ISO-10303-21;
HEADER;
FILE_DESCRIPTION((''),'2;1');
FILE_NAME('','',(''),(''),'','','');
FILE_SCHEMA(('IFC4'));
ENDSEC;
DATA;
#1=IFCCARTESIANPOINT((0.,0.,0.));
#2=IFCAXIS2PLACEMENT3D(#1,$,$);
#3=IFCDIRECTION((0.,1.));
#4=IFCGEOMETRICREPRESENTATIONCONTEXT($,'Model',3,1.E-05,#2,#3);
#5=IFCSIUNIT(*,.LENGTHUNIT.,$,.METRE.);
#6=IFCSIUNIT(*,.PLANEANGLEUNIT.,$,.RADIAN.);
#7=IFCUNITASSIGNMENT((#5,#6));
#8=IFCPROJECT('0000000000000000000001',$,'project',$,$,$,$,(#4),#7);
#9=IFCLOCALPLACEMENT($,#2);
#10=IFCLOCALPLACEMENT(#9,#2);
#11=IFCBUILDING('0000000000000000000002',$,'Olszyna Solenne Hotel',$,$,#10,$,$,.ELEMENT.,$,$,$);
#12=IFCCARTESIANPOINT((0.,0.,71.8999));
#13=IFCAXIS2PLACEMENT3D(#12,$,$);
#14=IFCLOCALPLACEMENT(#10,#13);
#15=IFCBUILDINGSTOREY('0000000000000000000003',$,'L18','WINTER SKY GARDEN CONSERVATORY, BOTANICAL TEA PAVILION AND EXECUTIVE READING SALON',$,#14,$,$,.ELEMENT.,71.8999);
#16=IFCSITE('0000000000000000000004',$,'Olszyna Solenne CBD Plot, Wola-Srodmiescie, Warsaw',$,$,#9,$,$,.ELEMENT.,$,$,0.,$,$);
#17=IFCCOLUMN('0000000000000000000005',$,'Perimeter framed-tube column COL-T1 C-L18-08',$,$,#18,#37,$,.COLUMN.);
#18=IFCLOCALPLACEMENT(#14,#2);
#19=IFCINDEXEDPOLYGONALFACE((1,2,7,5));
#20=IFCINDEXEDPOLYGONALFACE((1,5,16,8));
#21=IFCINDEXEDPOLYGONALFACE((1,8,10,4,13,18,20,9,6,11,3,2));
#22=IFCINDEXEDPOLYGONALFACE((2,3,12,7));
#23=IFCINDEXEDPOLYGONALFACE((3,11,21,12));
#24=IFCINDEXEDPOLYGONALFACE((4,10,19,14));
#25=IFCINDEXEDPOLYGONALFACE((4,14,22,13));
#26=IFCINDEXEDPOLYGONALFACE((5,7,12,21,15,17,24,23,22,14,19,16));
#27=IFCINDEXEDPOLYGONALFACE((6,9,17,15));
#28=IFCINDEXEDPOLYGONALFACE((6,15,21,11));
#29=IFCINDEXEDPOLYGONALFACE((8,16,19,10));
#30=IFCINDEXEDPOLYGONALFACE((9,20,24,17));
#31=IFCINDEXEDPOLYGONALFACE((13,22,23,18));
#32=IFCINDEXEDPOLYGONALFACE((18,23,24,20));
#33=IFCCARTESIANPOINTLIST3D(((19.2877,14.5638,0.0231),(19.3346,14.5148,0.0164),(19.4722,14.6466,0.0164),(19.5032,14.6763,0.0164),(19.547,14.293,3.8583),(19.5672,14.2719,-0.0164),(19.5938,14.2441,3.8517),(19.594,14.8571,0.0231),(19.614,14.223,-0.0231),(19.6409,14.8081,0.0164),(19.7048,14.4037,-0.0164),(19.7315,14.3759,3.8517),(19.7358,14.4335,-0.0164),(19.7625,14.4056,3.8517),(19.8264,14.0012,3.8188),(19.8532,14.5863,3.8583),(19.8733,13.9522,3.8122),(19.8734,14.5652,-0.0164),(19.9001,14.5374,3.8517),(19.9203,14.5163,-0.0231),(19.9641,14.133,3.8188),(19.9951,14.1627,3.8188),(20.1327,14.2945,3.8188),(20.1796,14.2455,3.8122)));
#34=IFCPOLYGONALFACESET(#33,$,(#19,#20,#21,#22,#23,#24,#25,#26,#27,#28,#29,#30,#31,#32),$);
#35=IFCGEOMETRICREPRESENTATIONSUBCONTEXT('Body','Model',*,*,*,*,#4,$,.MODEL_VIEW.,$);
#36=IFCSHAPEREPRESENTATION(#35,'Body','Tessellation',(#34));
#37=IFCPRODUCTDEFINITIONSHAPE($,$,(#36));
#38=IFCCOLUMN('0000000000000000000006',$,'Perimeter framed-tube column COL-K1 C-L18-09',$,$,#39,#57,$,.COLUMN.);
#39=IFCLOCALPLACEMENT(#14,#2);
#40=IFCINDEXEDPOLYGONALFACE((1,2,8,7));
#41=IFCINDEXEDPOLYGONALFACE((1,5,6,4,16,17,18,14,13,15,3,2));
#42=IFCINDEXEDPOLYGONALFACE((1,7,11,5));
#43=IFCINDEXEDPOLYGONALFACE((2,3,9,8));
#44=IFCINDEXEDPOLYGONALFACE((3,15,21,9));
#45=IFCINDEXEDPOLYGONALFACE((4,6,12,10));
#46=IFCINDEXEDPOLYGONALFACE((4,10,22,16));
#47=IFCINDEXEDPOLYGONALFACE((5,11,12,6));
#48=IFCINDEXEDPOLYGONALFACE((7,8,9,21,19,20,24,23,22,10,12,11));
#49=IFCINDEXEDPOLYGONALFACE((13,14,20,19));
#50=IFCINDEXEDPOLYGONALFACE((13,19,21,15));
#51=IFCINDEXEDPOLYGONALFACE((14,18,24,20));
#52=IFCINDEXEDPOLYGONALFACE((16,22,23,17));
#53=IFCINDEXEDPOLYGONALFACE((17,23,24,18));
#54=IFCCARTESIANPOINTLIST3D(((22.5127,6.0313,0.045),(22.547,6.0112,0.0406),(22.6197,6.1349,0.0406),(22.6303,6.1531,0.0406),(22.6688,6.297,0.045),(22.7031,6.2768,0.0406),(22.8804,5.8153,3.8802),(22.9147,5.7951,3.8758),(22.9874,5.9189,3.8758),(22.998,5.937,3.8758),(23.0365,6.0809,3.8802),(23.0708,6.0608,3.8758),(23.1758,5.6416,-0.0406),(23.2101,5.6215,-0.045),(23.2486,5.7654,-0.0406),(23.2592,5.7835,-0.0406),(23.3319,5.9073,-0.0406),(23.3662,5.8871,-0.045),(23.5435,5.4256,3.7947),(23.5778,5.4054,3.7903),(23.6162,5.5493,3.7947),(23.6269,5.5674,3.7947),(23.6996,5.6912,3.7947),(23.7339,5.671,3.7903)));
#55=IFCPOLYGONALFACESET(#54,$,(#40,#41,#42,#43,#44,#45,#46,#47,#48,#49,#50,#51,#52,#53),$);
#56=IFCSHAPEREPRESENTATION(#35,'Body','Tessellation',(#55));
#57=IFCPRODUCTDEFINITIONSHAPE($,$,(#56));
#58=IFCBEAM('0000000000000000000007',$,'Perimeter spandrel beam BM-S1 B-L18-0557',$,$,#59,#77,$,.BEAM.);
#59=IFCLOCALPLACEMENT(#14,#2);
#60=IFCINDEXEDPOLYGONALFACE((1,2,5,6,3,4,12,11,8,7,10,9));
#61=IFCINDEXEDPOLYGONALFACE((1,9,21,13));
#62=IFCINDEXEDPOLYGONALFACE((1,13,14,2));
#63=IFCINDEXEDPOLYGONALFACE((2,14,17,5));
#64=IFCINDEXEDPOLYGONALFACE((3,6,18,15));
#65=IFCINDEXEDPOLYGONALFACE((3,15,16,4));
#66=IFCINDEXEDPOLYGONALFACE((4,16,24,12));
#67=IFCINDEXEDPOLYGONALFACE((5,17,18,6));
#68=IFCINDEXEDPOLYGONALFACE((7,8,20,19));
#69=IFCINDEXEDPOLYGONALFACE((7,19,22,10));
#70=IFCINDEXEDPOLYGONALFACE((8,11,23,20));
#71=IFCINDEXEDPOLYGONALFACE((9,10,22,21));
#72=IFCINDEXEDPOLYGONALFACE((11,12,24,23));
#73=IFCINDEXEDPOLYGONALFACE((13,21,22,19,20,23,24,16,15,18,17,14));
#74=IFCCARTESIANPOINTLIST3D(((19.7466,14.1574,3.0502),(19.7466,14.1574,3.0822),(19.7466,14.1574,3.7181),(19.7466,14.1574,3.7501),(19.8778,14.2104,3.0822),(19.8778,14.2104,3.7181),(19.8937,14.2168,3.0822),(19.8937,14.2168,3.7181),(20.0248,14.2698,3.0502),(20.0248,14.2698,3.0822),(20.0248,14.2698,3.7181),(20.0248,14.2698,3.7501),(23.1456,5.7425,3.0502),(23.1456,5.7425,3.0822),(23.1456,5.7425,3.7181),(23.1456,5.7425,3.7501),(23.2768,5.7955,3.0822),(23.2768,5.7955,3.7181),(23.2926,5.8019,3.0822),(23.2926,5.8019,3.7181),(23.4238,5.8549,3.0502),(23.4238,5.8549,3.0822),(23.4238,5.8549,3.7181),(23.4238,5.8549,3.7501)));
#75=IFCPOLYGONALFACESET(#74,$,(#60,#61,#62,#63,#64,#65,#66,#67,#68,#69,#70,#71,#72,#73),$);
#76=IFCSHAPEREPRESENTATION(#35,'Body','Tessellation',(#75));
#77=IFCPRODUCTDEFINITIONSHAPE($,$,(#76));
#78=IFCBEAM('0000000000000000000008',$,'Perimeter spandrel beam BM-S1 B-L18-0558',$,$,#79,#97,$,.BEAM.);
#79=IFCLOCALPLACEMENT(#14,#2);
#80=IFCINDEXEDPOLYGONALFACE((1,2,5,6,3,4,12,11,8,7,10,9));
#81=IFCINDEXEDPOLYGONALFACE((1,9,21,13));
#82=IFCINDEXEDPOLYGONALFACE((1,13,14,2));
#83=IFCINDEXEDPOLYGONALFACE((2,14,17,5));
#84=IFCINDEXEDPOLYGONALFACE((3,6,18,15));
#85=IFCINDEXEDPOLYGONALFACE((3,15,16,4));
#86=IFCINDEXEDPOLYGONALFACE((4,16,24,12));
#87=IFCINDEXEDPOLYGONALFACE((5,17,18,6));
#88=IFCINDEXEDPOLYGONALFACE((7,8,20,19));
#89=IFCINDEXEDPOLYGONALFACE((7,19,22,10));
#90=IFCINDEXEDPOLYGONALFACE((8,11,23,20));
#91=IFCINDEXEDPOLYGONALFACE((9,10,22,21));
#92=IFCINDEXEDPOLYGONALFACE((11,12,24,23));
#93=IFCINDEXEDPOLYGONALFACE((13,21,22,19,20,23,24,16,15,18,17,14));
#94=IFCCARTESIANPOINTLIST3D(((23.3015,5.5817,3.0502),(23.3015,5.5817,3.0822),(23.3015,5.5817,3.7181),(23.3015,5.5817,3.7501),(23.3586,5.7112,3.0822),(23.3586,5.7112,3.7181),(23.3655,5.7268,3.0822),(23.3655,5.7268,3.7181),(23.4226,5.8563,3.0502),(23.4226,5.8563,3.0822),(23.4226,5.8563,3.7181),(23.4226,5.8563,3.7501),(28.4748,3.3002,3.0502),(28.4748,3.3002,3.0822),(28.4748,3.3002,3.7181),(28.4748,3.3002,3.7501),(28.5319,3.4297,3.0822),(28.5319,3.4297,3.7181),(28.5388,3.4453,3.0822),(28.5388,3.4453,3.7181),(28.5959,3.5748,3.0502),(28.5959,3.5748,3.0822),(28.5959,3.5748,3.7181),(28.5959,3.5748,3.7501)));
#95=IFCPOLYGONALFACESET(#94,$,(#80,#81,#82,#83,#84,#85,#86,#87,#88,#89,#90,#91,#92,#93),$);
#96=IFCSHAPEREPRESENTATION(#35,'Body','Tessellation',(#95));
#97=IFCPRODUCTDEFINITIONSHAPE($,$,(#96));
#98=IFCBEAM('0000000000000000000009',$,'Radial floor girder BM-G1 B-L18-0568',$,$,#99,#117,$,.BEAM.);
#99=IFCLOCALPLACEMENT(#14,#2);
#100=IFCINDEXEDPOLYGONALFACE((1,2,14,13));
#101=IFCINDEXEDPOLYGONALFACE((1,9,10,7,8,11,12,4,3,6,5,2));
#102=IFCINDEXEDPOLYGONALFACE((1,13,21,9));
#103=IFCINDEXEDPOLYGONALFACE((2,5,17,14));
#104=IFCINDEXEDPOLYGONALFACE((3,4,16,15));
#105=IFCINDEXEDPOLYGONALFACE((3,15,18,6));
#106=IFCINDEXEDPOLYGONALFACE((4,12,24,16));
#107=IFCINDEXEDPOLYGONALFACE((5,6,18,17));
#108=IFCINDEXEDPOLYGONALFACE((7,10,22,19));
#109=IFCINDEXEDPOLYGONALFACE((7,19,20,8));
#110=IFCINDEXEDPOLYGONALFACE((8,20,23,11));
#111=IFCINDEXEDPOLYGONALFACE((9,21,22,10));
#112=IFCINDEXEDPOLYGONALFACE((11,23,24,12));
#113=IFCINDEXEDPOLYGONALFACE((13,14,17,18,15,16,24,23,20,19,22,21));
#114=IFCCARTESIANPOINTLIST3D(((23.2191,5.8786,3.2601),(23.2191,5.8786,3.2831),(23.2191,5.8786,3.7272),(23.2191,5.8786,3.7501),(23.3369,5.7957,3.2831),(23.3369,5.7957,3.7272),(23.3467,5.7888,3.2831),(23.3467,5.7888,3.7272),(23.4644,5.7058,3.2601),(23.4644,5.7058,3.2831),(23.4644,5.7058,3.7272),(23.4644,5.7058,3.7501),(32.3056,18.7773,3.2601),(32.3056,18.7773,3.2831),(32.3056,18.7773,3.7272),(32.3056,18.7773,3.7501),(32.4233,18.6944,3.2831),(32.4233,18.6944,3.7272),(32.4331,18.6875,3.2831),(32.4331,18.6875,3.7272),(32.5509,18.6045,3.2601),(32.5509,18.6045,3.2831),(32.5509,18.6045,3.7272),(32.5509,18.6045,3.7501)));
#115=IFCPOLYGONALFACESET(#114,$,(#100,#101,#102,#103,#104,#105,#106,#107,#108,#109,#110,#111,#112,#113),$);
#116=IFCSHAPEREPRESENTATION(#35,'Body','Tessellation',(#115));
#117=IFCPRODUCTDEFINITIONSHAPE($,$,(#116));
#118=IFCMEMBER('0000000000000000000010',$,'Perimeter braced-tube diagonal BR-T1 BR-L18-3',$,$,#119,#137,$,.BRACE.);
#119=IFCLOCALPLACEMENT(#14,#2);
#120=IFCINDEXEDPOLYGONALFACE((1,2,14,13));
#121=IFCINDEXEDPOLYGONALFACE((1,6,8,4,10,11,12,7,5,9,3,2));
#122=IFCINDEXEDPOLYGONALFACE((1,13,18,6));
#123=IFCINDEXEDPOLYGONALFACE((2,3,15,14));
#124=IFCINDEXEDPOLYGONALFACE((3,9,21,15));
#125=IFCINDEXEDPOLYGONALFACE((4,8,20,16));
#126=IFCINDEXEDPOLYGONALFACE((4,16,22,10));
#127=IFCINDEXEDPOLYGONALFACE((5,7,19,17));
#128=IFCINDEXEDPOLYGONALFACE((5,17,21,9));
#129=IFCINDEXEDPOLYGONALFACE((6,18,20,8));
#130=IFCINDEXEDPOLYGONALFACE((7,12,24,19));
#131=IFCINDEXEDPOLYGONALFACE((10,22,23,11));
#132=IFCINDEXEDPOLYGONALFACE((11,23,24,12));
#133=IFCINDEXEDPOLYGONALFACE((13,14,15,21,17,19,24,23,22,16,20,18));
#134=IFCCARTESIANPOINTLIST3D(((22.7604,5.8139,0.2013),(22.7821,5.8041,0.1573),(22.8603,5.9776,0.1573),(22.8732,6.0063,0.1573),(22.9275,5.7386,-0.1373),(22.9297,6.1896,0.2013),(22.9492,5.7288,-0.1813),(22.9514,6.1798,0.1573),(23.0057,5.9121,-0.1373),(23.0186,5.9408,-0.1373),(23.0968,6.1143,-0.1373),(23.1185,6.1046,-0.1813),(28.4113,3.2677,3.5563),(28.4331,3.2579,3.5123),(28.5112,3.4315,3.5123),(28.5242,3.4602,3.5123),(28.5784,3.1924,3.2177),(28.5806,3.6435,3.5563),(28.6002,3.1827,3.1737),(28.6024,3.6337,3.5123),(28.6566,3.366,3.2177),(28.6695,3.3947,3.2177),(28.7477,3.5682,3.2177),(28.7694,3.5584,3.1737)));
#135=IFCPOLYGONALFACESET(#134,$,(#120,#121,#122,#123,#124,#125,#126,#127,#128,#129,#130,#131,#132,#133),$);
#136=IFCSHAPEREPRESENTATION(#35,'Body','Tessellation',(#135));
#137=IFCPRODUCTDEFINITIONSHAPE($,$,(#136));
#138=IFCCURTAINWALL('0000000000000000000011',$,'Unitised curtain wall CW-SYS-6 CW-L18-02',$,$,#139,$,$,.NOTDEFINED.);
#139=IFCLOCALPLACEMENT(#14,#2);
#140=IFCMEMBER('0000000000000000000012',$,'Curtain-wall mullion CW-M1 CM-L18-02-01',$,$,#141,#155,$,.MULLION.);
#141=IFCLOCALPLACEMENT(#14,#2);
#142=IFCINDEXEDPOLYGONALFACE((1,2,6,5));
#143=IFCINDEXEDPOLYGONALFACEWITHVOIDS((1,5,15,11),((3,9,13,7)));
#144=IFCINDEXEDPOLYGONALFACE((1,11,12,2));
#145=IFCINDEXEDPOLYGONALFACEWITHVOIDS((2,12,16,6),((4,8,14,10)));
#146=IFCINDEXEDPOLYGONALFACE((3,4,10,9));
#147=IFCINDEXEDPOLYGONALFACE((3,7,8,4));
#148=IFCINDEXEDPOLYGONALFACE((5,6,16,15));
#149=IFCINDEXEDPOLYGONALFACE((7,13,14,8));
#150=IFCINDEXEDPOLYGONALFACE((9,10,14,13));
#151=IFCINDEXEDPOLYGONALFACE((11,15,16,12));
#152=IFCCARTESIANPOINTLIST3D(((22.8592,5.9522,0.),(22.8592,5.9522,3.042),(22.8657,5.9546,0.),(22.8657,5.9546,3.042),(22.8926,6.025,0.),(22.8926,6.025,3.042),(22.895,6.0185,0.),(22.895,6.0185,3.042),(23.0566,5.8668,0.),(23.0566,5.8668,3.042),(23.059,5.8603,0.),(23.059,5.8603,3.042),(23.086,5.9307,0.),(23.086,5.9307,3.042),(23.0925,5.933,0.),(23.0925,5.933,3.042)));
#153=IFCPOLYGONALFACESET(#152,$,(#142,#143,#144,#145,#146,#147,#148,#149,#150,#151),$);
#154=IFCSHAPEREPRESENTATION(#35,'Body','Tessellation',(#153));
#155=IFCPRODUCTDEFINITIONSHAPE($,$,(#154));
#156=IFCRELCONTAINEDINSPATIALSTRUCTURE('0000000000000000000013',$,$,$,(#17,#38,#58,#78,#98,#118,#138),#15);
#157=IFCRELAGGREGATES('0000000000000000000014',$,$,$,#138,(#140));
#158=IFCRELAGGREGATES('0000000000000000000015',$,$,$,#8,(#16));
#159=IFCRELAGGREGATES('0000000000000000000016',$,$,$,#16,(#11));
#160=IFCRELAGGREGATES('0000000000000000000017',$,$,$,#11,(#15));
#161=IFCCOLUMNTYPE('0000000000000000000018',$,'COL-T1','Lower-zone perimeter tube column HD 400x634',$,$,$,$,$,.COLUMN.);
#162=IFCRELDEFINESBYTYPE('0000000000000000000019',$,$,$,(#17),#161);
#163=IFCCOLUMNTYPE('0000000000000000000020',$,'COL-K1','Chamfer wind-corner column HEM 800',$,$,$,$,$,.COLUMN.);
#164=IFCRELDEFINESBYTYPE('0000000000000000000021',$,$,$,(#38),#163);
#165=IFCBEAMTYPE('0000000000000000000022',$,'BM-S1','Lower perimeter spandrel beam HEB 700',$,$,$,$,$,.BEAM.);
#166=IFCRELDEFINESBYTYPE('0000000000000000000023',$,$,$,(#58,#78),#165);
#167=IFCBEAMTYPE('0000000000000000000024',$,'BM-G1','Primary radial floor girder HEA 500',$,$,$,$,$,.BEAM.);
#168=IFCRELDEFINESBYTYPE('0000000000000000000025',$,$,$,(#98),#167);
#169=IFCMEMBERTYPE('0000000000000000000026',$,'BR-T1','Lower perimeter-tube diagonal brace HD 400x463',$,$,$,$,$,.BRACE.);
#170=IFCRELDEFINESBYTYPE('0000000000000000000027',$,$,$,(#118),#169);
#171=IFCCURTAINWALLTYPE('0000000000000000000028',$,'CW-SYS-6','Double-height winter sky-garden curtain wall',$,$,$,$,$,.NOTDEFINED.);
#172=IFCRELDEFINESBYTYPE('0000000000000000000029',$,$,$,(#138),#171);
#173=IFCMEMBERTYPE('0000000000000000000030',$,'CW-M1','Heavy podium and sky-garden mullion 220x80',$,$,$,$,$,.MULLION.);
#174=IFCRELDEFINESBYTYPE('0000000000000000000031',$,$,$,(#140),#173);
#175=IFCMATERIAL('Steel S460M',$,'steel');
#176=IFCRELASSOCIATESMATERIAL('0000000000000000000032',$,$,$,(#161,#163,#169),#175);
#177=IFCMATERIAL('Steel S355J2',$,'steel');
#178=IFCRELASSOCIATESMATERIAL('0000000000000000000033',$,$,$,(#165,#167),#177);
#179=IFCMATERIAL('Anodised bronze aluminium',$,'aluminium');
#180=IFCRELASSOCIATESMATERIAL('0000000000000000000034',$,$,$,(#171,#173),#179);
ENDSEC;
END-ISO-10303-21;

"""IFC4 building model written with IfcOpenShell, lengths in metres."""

from ifc_helpers import new_model, si_unit, direction, frame, origin, origin_2d, place, context, subcontext, project, spatial, hollow_rectangle, i_section, extrude, source, transform, mapped, material, material_profile, profile_set, type_object, element, aggregate, save


model = new_model("IFC4")

# Units and contexts
model_context = context("Model", 3, precision=1e-05, world=origin(), true_north=direction((0.0, 1.0)))
body_context = subcontext(model_context, "Body", "Model", "MODEL_VIEW")
ifc_project = project(units=[si_unit("LENGTHUNIT", "METRE"), si_unit("PLANEANGLEUNIT", "RADIAN")], contexts=[model_context])

# Site, building, storey
site_placement = place(None, origin())
site = spatial("IfcSite", under=ifc_project, at=site_placement, Name="Olszyna Solenne CBD Plot, Wola-Srodmiescie, Warsaw", CompositionType="ELEMENT", RefElevation=0.0)
building_placement = place(site_placement, origin())
building = spatial("IfcBuilding", under=site, at=building_placement, Name="Olszyna Solenne Hotel", CompositionType="ELEMENT")
storey_placement = place(building_placement, frame((0.0, 0.0, 71.8999)))
storey = spatial("IfcBuildingStorey", under=building, at=storey_placement, Name="L18", Description="WINTER SKY GARDEN CONSERVATORY, BOTANICAL TEA PAVILION AND EXECUTIVE READING SALON", CompositionType="ELEMENT", Elevation=71.8999)

# Columns
ifc_material_1 = material(Name="Steel S460M", Category="steel")
ifc_material_profile_1 = material_profile(ifc_material_1, i_section(OverallWidth=0.4241, OverallDepth=0.4741, WebThickness=0.043, FlangeThickness=0.0681, at=origin_2d()), Name="HD 400x634", Category="load-bearing")
ifc_profile_set_1 = profile_set([ifc_material_profile_1], Name="Steel S460M")
column_type_1 = type_object("IfcColumnType", Name="COL-T1", Description="Lower-zone perimeter tube column HD 400x634", PredefinedType="COLUMN", material=ifc_profile_set_1)
shared_shape_1 = source(origin(), body_context, "Body", "SweptSolid", [
    extrude(i_section(OverallWidth=0.4241, OverallDepth=0.4741, WebThickness=0.043, FlangeThickness=0.0681, at=origin_2d()), origin(), (0.0, 0.0, 1.0), 3.8535),
])
column_1_placement = place(storey_placement, frame((19.604, 14.54, 0.0), z_axis=(0.067284, -0.070262, 0.995257), x_axis=(0.722246, 0.691637, 0.0)))
element("IfcColumn", 1, at=column_1_placement, inside=storey, type_object=column_type_1, Name="Perimeter framed-tube column COL-T1 C-L18-08", PredefinedType="COLUMN", context=body_context, shape_type="MappedRepresentation", body=[
    mapped(shared_shape_1, transform((0.0, 0.0, 0.0), x_axis=(1.0, 0.0, 0.0), y_axis=(0.0, 1.0, 0.0), z_axis=(0.0, 0.0, 1.0), scale=1.0)),
])
ifc_material_profile_2 = material_profile(ifc_material_1, i_section(OverallWidth=0.3081, OverallDepth=0.814, WebThickness=0.021, FlangeThickness=0.04, at=origin_2d()), Name="HEM 800", Category="load-bearing")
ifc_profile_set_2 = profile_set([ifc_material_profile_2], Name="Steel S460M")
column_type_2 = type_object("IfcColumnType", Name="COL-K1", Description="Chamfer wind-corner column HEM 800", PredefinedType="COLUMN", material=ifc_profile_set_2)
shared_shape_2 = source(origin(), body_context, "Body", "SweptSolid", [
    extrude(i_section(OverallWidth=0.3081, OverallDepth=0.814, WebThickness=0.021, FlangeThickness=0.04, at=origin_2d()), origin(), (0.0, 0.0, 1.0), 3.8589),
])
column_2_placement = place(storey_placement, frame((22.9395, 5.9592, 0.0), z_axis=(0.095281, -0.055992, 0.993874), x_axis=(0.506645, 0.862155, 0.0)))
element("IfcColumn", 2, at=column_2_placement, inside=storey, type_object=column_type_2, Name="Perimeter framed-tube column COL-K1 C-L18-09", PredefinedType="COLUMN", context=body_context, shape_type="MappedRepresentation", body=[
    mapped(shared_shape_2, transform((0.0, 0.0, 0.0), x_axis=(1.0, 0.0, 0.0), y_axis=(0.0, 1.0, 0.0), z_axis=(0.0, 0.0, 1.0), scale=1.0)),
])

# Beams
ifc_material_2 = material(Name="Steel S355J2", Category="steel")
ifc_material_profile_3 = material_profile(ifc_material_2, i_section(OverallWidth=0.3, OverallDepth=0.7, WebThickness=0.0171, FlangeThickness=0.032, at=origin_2d()), Name="HEB 700", Category="load-bearing")
ifc_profile_set_3 = profile_set([ifc_material_profile_3], Name="Steel S355J2")
beam_type_1 = type_object("IfcBeamType", Name="BM-S1", Description="Lower perimeter spandrel beam HEB 700", PredefinedType="BEAM", material=ifc_profile_set_3)
shared_shape_3 = source(origin(), body_context, "Body", "SweptSolid", [
    extrude(i_section(OverallWidth=0.3, OverallDepth=0.7, WebThickness=0.0171, FlangeThickness=0.032, at=origin_2d()), origin(), (0.0, 0.0, 1.0), 9.0754),
])
beam_1_placement = place(storey_placement, frame((19.8857, 14.2136, 3.4001), z_axis=(0.374524, -0.927217, 0.0), x_axis=(0.927217, 0.374524, 0.0)))
element("IfcBeam", 3, at=beam_1_placement, inside=storey, type_object=beam_type_1, Name="Perimeter spandrel beam BM-S1 B-L18-0557", PredefinedType="BEAM", context=body_context, shape_type="MappedRepresentation", body=[
    mapped(shared_shape_3, transform((0.0, 0.0, 0.0), x_axis=(1.0, 0.0, 0.0), y_axis=(0.0, 1.0, 0.0), z_axis=(0.0, 0.0, 1.0), scale=1.0)),
])
shared_shape_4 = source(origin(), body_context, "Body", "SweptSolid", [
    extrude(i_section(OverallWidth=0.3, OverallDepth=0.7, WebThickness=0.0171, FlangeThickness=0.032, at=origin_2d()), origin(), (0.0, 0.0, 1.0), 5.6541),
])
beam_2_placement = place(storey_placement, frame((23.3621, 5.719, 3.4001), z_axis=(0.914974, -0.403513, 0.0), x_axis=(0.403513, 0.914974, 0.0)))
element("IfcBeam", 4, at=beam_2_placement, inside=storey, type_object=beam_type_1, Name="Perimeter spandrel beam BM-S1 B-L18-0558", PredefinedType="BEAM", context=body_context, shape_type="MappedRepresentation", body=[
    mapped(shared_shape_4, transform((0.0, 0.0, 0.0), x_axis=(1.0, 0.0, 0.0), y_axis=(0.0, 1.0, 0.0), z_axis=(0.0, 0.0, 1.0), scale=1.0)),
])
ifc_material_profile_4 = material_profile(ifc_material_2, i_section(OverallWidth=0.3, OverallDepth=0.49, WebThickness=0.012, FlangeThickness=0.0229, at=origin_2d()), Name="HEA 500", Category="load-bearing")
ifc_profile_set_4 = profile_set([ifc_material_profile_4], Name="Steel S355J2")
beam_type_2 = type_object("IfcBeamType", Name="BM-G1", Description="Primary radial floor girder HEA 500", PredefinedType="BEAM", material=ifc_profile_set_4)
shared_shape_5 = source(origin(), body_context, "Body", "SweptSolid", [
    extrude(i_section(OverallWidth=0.3, OverallDepth=0.49, WebThickness=0.012, FlangeThickness=0.0229, at=origin_2d()), origin(), (0.0, 0.0, 1.0), 15.7778),
])
beam_3_placement = place(storey_placement, frame((23.3418, 5.7922, 3.5051), z_axis=(0.575899, 0.817521, 0.0), x_axis=(-0.817521, 0.575899, 0.0)))
element("IfcBeam", 5, at=beam_3_placement, inside=storey, type_object=beam_type_2, Name="Radial floor girder BM-G1 B-L18-0568", PredefinedType="BEAM", context=body_context, shape_type="MappedRepresentation", body=[
    mapped(shared_shape_5, transform((0.0, 0.0, 0.0), x_axis=(1.0, 0.0, 0.0), y_axis=(0.0, 1.0, 0.0), z_axis=(0.0, 0.0, 1.0), scale=1.0)),
])

# Member
ifc_material_profile_5 = material_profile(ifc_material_1, i_section(OverallWidth=0.4121, OverallDepth=0.4351, WebThickness=0.0315, FlangeThickness=0.05, at=origin_2d()), Name="HD 400x463", Category="load-bearing")
ifc_profile_set_5 = profile_set([ifc_material_profile_5], Name="Steel S460M")
member_type_1 = type_object("IfcMemberType", Name="BR-T1", Description="Lower perimeter-tube diagonal brace HD 400x463", PredefinedType="BRACE", material=ifc_profile_set_5)
shared_shape_6 = source(origin(), body_context, "Body", "SweptSolid", [
    extrude(i_section(OverallWidth=0.4121, OverallDepth=0.4351, WebThickness=0.0315, FlangeThickness=0.05, at=origin_2d()), origin(), (0.0, 0.0, 1.0), 7.0479),
])
member_1_placement = place(storey_placement, frame((22.9395, 5.9592, 0.01), z_axis=(0.801796, -0.361269, 0.476034), x_axis=(0.4108, 0.911725, 0.0)))
element("IfcMember", 6, at=member_1_placement, inside=storey, type_object=member_type_1, Name="Perimeter braced-tube diagonal BR-T1 BR-L18-3", PredefinedType="BRACE", context=body_context, shape_type="MappedRepresentation", body=[
    mapped(shared_shape_6, transform((0.0, 0.0, 0.0), x_axis=(1.0, 0.0, 0.0), y_axis=(0.0, 1.0, 0.0), z_axis=(0.0, 0.0, 1.0), scale=1.0)),
])

# Curtain wall, member
ifc_material_3 = material(Name="Anodised bronze aluminium", Category="aluminium")
curtain_wall_type = type_object("IfcCurtainWallType", Name="CW-SYS-6", Description="Double-height winter sky-garden curtain wall", PredefinedType="NOTDEFINED", material=ifc_material_3)
curtain_wall_placement = place(storey_placement, origin())
curtain_wall = element("IfcCurtainWall", 7, at=curtain_wall_placement, inside=storey, type_object=curtain_wall_type, Name="Unitised curtain wall CW-SYS-6 CW-L18-02", PredefinedType="NOTDEFINED")
ifc_material_profile_6 = material_profile(ifc_material_3, hollow_rectangle(XDim=0.0801, YDim=0.22, WallThickness=0.0049, at=origin_2d()), Name="MULL 220x80x5", Category="load-bearing")
ifc_profile_set_6 = profile_set([ifc_material_profile_6], Name="Anodised bronze aluminium")
member_type_2 = type_object("IfcMemberType", Name="CW-M1", Description="Heavy podium and sky-garden mullion 220x80", PredefinedType="MULLION", material=ifc_profile_set_6)
shared_shape_7 = source(origin(), body_context, "Body", "SweptSolid", [
    extrude(hollow_rectangle(XDim=0.0801, YDim=0.22, WallThickness=0.0049, at=origin_2d()), origin(), (0.0, 0.0, 1.0), 3.042),
])
member_2_placement = place(storey_placement, frame((22.9758, 5.9426, 0.0), z_axis=(0.0, 0.0, 1.0), x_axis=(0.417848, 0.908517, 0.0)))
member_2 = element("IfcMember", 8, at=member_2_placement, type_object=member_type_2, Name="Curtain-wall mullion CW-M1 CM-L18-02-01", PredefinedType="MULLION", context=body_context, shape_type="MappedRepresentation", body=[
    mapped(shared_shape_7, transform((0.0, 0.0, 0.0), x_axis=(1.0, 0.0, 0.0), y_axis=(0.0, 1.0, 0.0), z_axis=(0.0, 0.0, 1.0), scale=1.0)),
])

aggregate(curtain_wall, [member_2])

save(model, "model.ifc")
